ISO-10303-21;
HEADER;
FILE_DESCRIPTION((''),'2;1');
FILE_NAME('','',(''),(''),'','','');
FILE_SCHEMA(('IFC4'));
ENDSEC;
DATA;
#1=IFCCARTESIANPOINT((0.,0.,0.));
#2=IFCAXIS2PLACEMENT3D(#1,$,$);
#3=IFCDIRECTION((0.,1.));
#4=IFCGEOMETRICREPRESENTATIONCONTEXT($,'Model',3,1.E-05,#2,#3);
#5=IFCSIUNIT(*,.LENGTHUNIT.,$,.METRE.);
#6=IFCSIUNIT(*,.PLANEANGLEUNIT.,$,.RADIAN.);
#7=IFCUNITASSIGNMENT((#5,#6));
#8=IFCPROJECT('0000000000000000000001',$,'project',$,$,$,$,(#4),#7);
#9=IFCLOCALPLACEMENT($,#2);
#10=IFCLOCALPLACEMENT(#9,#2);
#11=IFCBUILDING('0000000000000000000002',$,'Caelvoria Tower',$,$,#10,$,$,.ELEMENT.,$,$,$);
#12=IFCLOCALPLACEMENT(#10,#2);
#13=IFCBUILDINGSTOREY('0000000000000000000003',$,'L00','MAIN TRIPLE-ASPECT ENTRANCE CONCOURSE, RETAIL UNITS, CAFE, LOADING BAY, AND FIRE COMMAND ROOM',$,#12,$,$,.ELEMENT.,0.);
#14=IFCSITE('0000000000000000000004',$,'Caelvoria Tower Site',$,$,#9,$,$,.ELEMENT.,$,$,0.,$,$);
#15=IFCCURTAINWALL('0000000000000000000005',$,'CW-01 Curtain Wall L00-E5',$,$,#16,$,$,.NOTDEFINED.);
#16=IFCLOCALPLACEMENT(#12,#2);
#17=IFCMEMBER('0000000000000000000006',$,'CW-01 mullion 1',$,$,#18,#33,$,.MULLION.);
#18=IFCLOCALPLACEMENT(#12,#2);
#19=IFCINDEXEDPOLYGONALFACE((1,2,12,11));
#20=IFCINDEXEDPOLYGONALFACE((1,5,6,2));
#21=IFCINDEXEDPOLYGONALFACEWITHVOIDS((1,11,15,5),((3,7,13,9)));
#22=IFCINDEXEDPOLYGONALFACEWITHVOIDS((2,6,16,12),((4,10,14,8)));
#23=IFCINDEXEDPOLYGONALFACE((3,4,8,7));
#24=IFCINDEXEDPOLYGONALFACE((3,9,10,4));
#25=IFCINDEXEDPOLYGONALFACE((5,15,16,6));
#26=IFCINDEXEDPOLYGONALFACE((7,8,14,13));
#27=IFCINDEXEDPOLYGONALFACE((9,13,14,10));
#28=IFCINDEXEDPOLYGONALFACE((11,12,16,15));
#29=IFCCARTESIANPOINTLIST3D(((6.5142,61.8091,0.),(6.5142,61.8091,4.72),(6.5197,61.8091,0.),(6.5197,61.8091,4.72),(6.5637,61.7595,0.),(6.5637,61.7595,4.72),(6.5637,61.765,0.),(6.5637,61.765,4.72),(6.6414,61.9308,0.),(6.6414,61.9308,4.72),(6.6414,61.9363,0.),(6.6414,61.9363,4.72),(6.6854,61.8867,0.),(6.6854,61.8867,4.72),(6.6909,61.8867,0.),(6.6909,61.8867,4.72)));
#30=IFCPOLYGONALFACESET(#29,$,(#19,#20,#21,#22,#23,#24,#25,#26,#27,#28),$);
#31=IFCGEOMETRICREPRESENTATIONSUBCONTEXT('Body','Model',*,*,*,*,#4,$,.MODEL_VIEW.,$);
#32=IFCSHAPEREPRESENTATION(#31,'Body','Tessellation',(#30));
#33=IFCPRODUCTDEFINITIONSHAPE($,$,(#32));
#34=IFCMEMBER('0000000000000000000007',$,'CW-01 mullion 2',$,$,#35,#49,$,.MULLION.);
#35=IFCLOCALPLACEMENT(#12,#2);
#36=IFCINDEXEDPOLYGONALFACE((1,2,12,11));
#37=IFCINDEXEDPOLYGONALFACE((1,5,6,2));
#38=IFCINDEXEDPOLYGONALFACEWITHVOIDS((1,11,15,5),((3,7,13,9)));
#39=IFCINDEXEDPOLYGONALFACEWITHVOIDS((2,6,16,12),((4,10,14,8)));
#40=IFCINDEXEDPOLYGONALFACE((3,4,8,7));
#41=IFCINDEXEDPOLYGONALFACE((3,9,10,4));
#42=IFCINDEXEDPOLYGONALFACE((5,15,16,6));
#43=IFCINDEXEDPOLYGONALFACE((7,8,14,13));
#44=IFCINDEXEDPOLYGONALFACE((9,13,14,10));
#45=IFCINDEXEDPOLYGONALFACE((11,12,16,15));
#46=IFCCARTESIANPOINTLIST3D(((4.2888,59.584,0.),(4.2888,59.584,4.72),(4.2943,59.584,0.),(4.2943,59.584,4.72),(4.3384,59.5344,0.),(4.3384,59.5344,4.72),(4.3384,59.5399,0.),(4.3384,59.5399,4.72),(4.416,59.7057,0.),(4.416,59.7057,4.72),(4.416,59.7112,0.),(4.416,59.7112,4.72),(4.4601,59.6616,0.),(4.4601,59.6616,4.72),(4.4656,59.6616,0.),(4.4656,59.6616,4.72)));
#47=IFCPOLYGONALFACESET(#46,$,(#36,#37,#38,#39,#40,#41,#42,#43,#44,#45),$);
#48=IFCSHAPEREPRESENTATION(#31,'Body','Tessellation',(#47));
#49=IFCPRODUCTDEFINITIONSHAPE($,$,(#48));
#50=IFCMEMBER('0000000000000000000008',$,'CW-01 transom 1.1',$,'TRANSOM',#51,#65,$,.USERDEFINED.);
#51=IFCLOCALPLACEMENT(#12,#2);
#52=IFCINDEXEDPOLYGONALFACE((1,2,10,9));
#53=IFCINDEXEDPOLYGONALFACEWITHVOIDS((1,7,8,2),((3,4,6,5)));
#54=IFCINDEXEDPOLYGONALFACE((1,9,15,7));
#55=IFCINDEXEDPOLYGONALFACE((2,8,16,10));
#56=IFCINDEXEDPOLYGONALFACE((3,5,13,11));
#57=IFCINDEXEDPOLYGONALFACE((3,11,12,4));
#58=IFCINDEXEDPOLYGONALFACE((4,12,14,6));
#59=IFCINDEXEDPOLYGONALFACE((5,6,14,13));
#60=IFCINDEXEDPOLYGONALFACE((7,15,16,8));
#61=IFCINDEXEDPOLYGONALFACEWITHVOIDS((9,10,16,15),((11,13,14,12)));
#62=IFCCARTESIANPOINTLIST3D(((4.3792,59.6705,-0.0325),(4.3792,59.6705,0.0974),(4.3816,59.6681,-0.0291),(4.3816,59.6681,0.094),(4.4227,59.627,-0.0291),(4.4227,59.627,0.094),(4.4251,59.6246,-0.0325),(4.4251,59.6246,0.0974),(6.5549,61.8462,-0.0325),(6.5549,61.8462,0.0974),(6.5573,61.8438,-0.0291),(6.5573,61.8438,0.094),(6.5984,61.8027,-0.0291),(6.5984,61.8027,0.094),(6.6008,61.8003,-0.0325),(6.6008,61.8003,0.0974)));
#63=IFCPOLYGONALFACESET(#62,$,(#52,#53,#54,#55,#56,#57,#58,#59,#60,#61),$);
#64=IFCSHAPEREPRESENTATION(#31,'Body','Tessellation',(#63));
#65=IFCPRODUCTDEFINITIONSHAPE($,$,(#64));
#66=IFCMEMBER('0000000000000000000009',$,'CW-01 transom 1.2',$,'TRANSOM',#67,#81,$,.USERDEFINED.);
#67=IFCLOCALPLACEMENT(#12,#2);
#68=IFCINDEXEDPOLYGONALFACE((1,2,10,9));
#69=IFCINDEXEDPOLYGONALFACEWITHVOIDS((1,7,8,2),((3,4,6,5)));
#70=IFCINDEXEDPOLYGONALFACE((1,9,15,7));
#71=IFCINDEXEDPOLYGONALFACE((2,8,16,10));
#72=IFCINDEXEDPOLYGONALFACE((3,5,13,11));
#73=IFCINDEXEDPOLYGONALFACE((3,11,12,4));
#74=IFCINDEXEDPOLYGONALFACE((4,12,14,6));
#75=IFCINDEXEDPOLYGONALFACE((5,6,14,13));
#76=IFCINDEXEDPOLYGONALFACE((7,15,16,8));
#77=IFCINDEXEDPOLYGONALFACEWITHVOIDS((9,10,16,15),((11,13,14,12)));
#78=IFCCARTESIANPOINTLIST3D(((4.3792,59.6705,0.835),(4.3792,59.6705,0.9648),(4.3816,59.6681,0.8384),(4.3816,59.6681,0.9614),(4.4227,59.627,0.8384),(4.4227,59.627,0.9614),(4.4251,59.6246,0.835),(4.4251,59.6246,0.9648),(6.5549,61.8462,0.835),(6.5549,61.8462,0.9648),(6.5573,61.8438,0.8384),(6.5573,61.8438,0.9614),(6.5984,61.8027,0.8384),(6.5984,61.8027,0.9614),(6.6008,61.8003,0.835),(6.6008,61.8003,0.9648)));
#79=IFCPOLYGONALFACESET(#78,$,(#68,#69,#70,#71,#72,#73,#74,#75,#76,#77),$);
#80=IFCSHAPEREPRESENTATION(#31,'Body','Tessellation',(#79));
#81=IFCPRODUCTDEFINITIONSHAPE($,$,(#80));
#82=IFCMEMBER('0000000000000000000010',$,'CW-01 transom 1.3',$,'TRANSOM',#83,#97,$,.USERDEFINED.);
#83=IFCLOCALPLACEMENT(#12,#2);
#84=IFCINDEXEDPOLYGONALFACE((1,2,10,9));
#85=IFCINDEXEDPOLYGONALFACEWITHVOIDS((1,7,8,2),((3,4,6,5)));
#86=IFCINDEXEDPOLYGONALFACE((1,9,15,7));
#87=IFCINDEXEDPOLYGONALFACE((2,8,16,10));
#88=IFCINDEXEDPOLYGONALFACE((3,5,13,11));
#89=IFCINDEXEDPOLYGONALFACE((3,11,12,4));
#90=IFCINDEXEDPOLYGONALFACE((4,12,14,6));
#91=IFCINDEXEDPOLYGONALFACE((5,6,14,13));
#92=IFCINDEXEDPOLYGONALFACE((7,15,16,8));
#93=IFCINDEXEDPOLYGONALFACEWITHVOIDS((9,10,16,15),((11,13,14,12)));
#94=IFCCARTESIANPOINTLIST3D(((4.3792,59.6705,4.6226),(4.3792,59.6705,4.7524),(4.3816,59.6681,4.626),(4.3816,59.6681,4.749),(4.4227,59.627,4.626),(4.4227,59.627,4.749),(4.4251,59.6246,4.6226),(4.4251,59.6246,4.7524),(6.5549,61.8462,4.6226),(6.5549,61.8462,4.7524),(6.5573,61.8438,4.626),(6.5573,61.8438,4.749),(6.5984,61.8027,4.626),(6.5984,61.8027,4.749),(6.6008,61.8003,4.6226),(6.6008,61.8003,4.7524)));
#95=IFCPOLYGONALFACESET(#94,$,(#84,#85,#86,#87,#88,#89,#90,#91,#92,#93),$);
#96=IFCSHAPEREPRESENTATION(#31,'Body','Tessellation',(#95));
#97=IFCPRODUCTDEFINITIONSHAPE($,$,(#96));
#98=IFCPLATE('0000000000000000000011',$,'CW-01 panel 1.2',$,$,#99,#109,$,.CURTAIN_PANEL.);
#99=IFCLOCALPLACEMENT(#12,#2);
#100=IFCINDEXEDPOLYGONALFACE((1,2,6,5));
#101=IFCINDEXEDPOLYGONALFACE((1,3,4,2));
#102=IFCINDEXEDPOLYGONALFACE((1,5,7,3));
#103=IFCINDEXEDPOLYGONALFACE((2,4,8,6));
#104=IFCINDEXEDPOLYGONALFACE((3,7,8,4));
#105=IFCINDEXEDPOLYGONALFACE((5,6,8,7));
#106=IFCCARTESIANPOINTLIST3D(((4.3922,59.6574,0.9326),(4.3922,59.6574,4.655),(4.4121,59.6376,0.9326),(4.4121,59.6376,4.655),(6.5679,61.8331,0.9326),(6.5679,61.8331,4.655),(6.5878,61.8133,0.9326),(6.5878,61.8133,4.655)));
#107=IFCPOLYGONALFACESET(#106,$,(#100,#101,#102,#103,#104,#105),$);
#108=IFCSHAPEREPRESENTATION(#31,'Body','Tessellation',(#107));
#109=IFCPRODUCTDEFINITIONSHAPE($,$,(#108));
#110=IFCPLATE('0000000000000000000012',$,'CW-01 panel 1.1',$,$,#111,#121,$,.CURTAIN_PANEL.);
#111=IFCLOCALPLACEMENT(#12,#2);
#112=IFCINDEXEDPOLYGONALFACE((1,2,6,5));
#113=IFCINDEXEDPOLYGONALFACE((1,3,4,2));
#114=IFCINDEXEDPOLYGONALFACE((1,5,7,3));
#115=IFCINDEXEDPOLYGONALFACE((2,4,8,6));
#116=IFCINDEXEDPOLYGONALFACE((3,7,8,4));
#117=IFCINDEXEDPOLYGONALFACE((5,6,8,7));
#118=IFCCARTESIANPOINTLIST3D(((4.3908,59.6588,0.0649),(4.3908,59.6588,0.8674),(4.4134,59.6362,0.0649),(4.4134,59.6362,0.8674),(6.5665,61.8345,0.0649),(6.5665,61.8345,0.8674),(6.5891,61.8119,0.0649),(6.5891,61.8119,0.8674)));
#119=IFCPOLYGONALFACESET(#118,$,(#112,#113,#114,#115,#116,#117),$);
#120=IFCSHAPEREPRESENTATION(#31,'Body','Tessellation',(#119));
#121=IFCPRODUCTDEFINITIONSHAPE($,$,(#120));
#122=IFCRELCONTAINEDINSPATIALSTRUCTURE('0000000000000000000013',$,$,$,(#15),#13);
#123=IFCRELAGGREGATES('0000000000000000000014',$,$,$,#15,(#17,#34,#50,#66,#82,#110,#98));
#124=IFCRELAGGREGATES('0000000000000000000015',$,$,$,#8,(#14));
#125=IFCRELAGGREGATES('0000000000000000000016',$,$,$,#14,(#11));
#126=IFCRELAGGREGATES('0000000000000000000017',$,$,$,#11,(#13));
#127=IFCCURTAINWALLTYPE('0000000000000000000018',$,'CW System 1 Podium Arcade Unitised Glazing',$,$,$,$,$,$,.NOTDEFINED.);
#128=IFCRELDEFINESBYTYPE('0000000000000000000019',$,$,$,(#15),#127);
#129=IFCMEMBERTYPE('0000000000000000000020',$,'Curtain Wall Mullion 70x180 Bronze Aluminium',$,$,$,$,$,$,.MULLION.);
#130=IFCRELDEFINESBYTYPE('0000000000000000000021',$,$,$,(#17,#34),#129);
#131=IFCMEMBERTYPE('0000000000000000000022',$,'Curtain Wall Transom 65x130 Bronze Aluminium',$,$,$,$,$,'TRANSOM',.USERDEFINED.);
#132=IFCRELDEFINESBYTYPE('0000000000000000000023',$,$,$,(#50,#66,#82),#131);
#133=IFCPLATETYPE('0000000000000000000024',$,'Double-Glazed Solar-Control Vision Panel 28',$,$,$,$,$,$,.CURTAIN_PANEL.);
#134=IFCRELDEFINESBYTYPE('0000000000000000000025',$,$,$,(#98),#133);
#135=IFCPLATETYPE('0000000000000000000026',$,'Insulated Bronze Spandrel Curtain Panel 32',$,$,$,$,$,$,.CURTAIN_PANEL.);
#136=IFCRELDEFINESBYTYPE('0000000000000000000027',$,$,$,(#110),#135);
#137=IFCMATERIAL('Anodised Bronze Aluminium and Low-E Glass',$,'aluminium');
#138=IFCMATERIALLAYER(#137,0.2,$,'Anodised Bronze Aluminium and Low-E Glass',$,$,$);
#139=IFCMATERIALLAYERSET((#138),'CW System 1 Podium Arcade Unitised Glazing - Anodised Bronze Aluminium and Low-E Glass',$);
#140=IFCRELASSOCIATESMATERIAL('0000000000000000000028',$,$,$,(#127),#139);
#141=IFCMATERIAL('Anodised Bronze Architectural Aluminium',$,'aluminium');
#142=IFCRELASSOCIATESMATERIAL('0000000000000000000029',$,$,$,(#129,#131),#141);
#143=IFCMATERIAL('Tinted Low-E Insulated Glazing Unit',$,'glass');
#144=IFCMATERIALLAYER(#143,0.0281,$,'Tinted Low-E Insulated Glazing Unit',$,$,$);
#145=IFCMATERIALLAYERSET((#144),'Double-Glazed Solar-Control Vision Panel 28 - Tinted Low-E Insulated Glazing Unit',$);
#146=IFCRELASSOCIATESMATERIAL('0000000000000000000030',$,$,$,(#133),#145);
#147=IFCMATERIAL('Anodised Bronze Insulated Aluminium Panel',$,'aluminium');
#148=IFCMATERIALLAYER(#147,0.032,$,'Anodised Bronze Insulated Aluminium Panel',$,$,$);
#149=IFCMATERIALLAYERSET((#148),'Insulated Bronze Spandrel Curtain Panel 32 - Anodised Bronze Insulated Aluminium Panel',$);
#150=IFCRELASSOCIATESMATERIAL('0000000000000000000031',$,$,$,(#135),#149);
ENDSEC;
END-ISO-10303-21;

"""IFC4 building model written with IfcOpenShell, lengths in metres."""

from ifc_helpers import new_model, si_unit, direction, frame, origin, origin_2d, place, context, subcontext, project, spatial, rectangle, hollow_rectangle, extrude, material, layer, layer_set, material_profile, profile_set, type_object, element, aggregate, save


model = new_model("IFC4")

# Units and contexts
model_context = context("Model", 3, precision=1e-05, world=origin(), true_north=direction((0.0, 1.0)))
body_context = subcontext(model_context, "Body", "Model", "MODEL_VIEW")
ifc_project = project(units=[si_unit("LENGTHUNIT", "METRE"), si_unit("PLANEANGLEUNIT", "RADIAN")], contexts=[model_context])

# Site, building, storey
site_placement = place(None, origin())
site = spatial("IfcSite", under=ifc_project, at=site_placement, Name="Caelvoria Tower Site", CompositionType="ELEMENT", RefElevation=0.0)
building_placement = place(site_placement, origin())
building = spatial("IfcBuilding", under=site, at=building_placement, Name="Caelvoria Tower", CompositionType="ELEMENT")
storey_placement = place(building_placement, origin())
storey = spatial("IfcBuildingStorey", under=building, at=storey_placement, Name="L00", Description="MAIN TRIPLE-ASPECT ENTRANCE CONCOURSE, RETAIL UNITS, CAFE, LOADING BAY, AND FIRE COMMAND ROOM", CompositionType="ELEMENT", Elevation=0.0)

# Curtain wall, members, plates
ifc_material_1 = material(Name="Anodised Bronze Aluminium and Low-E Glass", Category="aluminium")
ifc_layer_1 = layer(ifc_material_1, 0.2, Name="Anodised Bronze Aluminium and Low-E Glass")
ifc_layer_set_1 = layer_set([ifc_layer_1], Name="CW System 1 Podium Arcade Unitised Glazing - Anodised Bronze Aluminium and Low-E Glass")
curtain_wall_type = type_object("IfcCurtainWallType", Name="CW System 1 Podium Arcade Unitised Glazing", PredefinedType="NOTDEFINED", material=ifc_layer_set_1)
curtain_wall_placement = place(storey_placement, origin())
curtain_wall = element("IfcCurtainWall", 1, at=curtain_wall_placement, inside=storey, type_object=curtain_wall_type, Name="CW-01 Curtain Wall L00-E5", PredefinedType="NOTDEFINED")
ifc_material_2 = material(Name="Anodised Bronze Architectural Aluminium", Category="aluminium")
ifc_material_profile_1 = material_profile(ifc_material_2, hollow_rectangle(XDim=0.0701, YDim=0.1799, WallThickness=0.0039, at=origin_2d()), Name="Anodised Bronze Architectural Aluminium")
ifc_profile_set_1 = profile_set([ifc_material_profile_1], Name="CW_MULL_70X180 - Anodised Bronze Architectural Aluminium")
member_type_1 = type_object("IfcMemberType", Name="Curtain Wall Mullion 70x180 Bronze Aluminium", PredefinedType="MULLION", material=ifc_profile_set_1)
member_1_placement = place(storey_placement, frame((6.6025, 61.8479, 0.0), z_axis=(0.0, 0.0, 1.0), x_axis=(0.707107, -0.707107, 0.0)))
member_1 = element("IfcMember", 2, at=member_1_placement, type_object=member_type_1, Name="CW-01 mullion 1", PredefinedType="MULLION", context=body_context, shape_type="SweptSolid", body=[
    extrude(hollow_rectangle(XDim=0.0701, YDim=0.1799, WallThickness=0.0039, at=origin_2d()), origin(), (0.0, 0.0, 1.0), 4.72),
])
member_2_placement = place(storey_placement, frame((4.3772, 59.6228, 0.0), z_axis=(0.0, 0.0, 1.0), x_axis=(0.707107, -0.707107, 0.0)))
member_2 = element("IfcMember", 3, at=member_2_placement, type_object=member_type_1, Name="CW-01 mullion 2", PredefinedType="MULLION", context=body_context, shape_type="SweptSolid", body=[
    extrude(hollow_rectangle(XDim=0.0701, YDim=0.1799, WallThickness=0.0039, at=origin_2d()), origin(), (0.0, 0.0, 1.0), 4.72),
])
ifc_material_profile_2 = material_profile(ifc_material_2, hollow_rectangle(XDim=0.0649, YDim=0.1299, WallThickness=0.0034, at=origin_2d()), Name="Anodised Bronze Architectural Aluminium")
ifc_profile_set_2 = profile_set([ifc_material_profile_2], Name="CW_TRAN_65X130 - Anodised Bronze Architectural Aluminium")
member_type_2 = type_object("IfcMemberType", Name="Curtain Wall Transom 65x130 Bronze Aluminium", ElementType="TRANSOM", PredefinedType="USERDEFINED", material=ifc_profile_set_2)
member_3_placement = place(storey_placement, frame((6.5779, 61.8232, 0.0325), z_axis=(-0.707107, -0.707107, 0.0), x_axis=(0.707107, -0.707107, 0.0)))
member_3 = element("IfcMember", 4, at=member_3_placement, type_object=member_type_2, Name="CW-01 transom 1.1", ObjectType="TRANSOM", PredefinedType="USERDEFINED", context=body_context, shape_type="SweptSolid", body=[
    extrude(hollow_rectangle(XDim=0.0649, YDim=0.1299, WallThickness=0.0034, at=origin_2d()), origin(), (0.0, 0.0, 1.0), 3.0769),
])
member_4_placement = place(storey_placement, frame((6.5779, 61.8232, 0.8999), z_axis=(-0.707107, -0.707107, 0.0), x_axis=(0.707107, -0.707107, 0.0)))
member_4 = element("IfcMember", 5, at=member_4_placement, type_object=member_type_2, Name="CW-01 transom 1.2", ObjectType="TRANSOM", PredefinedType="USERDEFINED", context=body_context, shape_type="SweptSolid", body=[
    extrude(hollow_rectangle(XDim=0.0649, YDim=0.1299, WallThickness=0.0034, at=origin_2d()), origin(), (0.0, 0.0, 1.0), 3.0769),
])
member_5_placement = place(storey_placement, frame((6.5779, 61.8232, 4.6875), z_axis=(-0.707107, -0.707107, 0.0), x_axis=(0.707107, -0.707107, 0.0)))
member_5 = element("IfcMember", 6, at=member_5_placement, type_object=member_type_2, Name="CW-01 transom 1.3", ObjectType="TRANSOM", PredefinedType="USERDEFINED", context=body_context, shape_type="SweptSolid", body=[
    extrude(hollow_rectangle(XDim=0.0649, YDim=0.1299, WallThickness=0.0034, at=origin_2d()), origin(), (0.0, 0.0, 1.0), 3.0769),
])
ifc_material_3 = material(Name="Tinted Low-E Insulated Glazing Unit", Category="glass")
ifc_layer_2 = layer(ifc_material_3, 0.0281, Name="Tinted Low-E Insulated Glazing Unit")
ifc_layer_set_2 = layer_set([ifc_layer_2], Name="Double-Glazed Solar-Control Vision Panel 28 - Tinted Low-E Insulated Glazing Unit")
plate_type_1 = type_object("IfcPlateType", Name="Double-Glazed Solar-Control Vision Panel 28", PredefinedType="CURTAIN_PANEL", material=ifc_layer_set_2)
plate_1_placement = place(storey_placement, frame((5.49, 60.7354, 0.9326), z_axis=(0.0, 0.0, 1.0), x_axis=(-0.707107, -0.707107, 0.0)))
plate_1 = element("IfcPlate", 7, at=plate_1_placement, type_object=plate_type_1, Name="CW-01 panel 1.2", PredefinedType="CURTAIN_PANEL", context=body_context, shape_type="SweptSolid", body=[
    extrude(rectangle(XDim=3.0769, YDim=0.0281, at=origin_2d()), origin(), (0.0, 0.0, 1.0), 3.7224),
])
ifc_material_4 = material(Name="Anodised Bronze Insulated Aluminium Panel", Category="aluminium")
ifc_layer_3 = layer(ifc_material_4, 0.032, Name="Anodised Bronze Insulated Aluminium Panel")
ifc_layer_set_3 = layer_set([ifc_layer_3], Name="Insulated Bronze Spandrel Curtain Panel 32 - Anodised Bronze Insulated Aluminium Panel")
plate_type_2 = type_object("IfcPlateType", Name="Insulated Bronze Spandrel Curtain Panel 32", PredefinedType="CURTAIN_PANEL", material=ifc_layer_set_3)
plate_2_placement = place(storey_placement, frame((5.49, 60.7354, 0.0649), z_axis=(0.0, 0.0, 1.0), x_axis=(-0.707107, -0.707107, 0.0)))
plate_2 = element("IfcPlate", 8, at=plate_2_placement, type_object=plate_type_2, Name="CW-01 panel 1.1", PredefinedType="CURTAIN_PANEL", context=body_context, shape_type="SweptSolid", body=[
    extrude(rectangle(XDim=3.0769, YDim=0.032, at=origin_2d()), origin(), (0.0, 0.0, 1.0), 0.8025),
])
aggregate(curtain_wall, [member_1, member_2, member_3, member_4, member_5, plate_2, plate_1])

save(model, "model.ifc")
